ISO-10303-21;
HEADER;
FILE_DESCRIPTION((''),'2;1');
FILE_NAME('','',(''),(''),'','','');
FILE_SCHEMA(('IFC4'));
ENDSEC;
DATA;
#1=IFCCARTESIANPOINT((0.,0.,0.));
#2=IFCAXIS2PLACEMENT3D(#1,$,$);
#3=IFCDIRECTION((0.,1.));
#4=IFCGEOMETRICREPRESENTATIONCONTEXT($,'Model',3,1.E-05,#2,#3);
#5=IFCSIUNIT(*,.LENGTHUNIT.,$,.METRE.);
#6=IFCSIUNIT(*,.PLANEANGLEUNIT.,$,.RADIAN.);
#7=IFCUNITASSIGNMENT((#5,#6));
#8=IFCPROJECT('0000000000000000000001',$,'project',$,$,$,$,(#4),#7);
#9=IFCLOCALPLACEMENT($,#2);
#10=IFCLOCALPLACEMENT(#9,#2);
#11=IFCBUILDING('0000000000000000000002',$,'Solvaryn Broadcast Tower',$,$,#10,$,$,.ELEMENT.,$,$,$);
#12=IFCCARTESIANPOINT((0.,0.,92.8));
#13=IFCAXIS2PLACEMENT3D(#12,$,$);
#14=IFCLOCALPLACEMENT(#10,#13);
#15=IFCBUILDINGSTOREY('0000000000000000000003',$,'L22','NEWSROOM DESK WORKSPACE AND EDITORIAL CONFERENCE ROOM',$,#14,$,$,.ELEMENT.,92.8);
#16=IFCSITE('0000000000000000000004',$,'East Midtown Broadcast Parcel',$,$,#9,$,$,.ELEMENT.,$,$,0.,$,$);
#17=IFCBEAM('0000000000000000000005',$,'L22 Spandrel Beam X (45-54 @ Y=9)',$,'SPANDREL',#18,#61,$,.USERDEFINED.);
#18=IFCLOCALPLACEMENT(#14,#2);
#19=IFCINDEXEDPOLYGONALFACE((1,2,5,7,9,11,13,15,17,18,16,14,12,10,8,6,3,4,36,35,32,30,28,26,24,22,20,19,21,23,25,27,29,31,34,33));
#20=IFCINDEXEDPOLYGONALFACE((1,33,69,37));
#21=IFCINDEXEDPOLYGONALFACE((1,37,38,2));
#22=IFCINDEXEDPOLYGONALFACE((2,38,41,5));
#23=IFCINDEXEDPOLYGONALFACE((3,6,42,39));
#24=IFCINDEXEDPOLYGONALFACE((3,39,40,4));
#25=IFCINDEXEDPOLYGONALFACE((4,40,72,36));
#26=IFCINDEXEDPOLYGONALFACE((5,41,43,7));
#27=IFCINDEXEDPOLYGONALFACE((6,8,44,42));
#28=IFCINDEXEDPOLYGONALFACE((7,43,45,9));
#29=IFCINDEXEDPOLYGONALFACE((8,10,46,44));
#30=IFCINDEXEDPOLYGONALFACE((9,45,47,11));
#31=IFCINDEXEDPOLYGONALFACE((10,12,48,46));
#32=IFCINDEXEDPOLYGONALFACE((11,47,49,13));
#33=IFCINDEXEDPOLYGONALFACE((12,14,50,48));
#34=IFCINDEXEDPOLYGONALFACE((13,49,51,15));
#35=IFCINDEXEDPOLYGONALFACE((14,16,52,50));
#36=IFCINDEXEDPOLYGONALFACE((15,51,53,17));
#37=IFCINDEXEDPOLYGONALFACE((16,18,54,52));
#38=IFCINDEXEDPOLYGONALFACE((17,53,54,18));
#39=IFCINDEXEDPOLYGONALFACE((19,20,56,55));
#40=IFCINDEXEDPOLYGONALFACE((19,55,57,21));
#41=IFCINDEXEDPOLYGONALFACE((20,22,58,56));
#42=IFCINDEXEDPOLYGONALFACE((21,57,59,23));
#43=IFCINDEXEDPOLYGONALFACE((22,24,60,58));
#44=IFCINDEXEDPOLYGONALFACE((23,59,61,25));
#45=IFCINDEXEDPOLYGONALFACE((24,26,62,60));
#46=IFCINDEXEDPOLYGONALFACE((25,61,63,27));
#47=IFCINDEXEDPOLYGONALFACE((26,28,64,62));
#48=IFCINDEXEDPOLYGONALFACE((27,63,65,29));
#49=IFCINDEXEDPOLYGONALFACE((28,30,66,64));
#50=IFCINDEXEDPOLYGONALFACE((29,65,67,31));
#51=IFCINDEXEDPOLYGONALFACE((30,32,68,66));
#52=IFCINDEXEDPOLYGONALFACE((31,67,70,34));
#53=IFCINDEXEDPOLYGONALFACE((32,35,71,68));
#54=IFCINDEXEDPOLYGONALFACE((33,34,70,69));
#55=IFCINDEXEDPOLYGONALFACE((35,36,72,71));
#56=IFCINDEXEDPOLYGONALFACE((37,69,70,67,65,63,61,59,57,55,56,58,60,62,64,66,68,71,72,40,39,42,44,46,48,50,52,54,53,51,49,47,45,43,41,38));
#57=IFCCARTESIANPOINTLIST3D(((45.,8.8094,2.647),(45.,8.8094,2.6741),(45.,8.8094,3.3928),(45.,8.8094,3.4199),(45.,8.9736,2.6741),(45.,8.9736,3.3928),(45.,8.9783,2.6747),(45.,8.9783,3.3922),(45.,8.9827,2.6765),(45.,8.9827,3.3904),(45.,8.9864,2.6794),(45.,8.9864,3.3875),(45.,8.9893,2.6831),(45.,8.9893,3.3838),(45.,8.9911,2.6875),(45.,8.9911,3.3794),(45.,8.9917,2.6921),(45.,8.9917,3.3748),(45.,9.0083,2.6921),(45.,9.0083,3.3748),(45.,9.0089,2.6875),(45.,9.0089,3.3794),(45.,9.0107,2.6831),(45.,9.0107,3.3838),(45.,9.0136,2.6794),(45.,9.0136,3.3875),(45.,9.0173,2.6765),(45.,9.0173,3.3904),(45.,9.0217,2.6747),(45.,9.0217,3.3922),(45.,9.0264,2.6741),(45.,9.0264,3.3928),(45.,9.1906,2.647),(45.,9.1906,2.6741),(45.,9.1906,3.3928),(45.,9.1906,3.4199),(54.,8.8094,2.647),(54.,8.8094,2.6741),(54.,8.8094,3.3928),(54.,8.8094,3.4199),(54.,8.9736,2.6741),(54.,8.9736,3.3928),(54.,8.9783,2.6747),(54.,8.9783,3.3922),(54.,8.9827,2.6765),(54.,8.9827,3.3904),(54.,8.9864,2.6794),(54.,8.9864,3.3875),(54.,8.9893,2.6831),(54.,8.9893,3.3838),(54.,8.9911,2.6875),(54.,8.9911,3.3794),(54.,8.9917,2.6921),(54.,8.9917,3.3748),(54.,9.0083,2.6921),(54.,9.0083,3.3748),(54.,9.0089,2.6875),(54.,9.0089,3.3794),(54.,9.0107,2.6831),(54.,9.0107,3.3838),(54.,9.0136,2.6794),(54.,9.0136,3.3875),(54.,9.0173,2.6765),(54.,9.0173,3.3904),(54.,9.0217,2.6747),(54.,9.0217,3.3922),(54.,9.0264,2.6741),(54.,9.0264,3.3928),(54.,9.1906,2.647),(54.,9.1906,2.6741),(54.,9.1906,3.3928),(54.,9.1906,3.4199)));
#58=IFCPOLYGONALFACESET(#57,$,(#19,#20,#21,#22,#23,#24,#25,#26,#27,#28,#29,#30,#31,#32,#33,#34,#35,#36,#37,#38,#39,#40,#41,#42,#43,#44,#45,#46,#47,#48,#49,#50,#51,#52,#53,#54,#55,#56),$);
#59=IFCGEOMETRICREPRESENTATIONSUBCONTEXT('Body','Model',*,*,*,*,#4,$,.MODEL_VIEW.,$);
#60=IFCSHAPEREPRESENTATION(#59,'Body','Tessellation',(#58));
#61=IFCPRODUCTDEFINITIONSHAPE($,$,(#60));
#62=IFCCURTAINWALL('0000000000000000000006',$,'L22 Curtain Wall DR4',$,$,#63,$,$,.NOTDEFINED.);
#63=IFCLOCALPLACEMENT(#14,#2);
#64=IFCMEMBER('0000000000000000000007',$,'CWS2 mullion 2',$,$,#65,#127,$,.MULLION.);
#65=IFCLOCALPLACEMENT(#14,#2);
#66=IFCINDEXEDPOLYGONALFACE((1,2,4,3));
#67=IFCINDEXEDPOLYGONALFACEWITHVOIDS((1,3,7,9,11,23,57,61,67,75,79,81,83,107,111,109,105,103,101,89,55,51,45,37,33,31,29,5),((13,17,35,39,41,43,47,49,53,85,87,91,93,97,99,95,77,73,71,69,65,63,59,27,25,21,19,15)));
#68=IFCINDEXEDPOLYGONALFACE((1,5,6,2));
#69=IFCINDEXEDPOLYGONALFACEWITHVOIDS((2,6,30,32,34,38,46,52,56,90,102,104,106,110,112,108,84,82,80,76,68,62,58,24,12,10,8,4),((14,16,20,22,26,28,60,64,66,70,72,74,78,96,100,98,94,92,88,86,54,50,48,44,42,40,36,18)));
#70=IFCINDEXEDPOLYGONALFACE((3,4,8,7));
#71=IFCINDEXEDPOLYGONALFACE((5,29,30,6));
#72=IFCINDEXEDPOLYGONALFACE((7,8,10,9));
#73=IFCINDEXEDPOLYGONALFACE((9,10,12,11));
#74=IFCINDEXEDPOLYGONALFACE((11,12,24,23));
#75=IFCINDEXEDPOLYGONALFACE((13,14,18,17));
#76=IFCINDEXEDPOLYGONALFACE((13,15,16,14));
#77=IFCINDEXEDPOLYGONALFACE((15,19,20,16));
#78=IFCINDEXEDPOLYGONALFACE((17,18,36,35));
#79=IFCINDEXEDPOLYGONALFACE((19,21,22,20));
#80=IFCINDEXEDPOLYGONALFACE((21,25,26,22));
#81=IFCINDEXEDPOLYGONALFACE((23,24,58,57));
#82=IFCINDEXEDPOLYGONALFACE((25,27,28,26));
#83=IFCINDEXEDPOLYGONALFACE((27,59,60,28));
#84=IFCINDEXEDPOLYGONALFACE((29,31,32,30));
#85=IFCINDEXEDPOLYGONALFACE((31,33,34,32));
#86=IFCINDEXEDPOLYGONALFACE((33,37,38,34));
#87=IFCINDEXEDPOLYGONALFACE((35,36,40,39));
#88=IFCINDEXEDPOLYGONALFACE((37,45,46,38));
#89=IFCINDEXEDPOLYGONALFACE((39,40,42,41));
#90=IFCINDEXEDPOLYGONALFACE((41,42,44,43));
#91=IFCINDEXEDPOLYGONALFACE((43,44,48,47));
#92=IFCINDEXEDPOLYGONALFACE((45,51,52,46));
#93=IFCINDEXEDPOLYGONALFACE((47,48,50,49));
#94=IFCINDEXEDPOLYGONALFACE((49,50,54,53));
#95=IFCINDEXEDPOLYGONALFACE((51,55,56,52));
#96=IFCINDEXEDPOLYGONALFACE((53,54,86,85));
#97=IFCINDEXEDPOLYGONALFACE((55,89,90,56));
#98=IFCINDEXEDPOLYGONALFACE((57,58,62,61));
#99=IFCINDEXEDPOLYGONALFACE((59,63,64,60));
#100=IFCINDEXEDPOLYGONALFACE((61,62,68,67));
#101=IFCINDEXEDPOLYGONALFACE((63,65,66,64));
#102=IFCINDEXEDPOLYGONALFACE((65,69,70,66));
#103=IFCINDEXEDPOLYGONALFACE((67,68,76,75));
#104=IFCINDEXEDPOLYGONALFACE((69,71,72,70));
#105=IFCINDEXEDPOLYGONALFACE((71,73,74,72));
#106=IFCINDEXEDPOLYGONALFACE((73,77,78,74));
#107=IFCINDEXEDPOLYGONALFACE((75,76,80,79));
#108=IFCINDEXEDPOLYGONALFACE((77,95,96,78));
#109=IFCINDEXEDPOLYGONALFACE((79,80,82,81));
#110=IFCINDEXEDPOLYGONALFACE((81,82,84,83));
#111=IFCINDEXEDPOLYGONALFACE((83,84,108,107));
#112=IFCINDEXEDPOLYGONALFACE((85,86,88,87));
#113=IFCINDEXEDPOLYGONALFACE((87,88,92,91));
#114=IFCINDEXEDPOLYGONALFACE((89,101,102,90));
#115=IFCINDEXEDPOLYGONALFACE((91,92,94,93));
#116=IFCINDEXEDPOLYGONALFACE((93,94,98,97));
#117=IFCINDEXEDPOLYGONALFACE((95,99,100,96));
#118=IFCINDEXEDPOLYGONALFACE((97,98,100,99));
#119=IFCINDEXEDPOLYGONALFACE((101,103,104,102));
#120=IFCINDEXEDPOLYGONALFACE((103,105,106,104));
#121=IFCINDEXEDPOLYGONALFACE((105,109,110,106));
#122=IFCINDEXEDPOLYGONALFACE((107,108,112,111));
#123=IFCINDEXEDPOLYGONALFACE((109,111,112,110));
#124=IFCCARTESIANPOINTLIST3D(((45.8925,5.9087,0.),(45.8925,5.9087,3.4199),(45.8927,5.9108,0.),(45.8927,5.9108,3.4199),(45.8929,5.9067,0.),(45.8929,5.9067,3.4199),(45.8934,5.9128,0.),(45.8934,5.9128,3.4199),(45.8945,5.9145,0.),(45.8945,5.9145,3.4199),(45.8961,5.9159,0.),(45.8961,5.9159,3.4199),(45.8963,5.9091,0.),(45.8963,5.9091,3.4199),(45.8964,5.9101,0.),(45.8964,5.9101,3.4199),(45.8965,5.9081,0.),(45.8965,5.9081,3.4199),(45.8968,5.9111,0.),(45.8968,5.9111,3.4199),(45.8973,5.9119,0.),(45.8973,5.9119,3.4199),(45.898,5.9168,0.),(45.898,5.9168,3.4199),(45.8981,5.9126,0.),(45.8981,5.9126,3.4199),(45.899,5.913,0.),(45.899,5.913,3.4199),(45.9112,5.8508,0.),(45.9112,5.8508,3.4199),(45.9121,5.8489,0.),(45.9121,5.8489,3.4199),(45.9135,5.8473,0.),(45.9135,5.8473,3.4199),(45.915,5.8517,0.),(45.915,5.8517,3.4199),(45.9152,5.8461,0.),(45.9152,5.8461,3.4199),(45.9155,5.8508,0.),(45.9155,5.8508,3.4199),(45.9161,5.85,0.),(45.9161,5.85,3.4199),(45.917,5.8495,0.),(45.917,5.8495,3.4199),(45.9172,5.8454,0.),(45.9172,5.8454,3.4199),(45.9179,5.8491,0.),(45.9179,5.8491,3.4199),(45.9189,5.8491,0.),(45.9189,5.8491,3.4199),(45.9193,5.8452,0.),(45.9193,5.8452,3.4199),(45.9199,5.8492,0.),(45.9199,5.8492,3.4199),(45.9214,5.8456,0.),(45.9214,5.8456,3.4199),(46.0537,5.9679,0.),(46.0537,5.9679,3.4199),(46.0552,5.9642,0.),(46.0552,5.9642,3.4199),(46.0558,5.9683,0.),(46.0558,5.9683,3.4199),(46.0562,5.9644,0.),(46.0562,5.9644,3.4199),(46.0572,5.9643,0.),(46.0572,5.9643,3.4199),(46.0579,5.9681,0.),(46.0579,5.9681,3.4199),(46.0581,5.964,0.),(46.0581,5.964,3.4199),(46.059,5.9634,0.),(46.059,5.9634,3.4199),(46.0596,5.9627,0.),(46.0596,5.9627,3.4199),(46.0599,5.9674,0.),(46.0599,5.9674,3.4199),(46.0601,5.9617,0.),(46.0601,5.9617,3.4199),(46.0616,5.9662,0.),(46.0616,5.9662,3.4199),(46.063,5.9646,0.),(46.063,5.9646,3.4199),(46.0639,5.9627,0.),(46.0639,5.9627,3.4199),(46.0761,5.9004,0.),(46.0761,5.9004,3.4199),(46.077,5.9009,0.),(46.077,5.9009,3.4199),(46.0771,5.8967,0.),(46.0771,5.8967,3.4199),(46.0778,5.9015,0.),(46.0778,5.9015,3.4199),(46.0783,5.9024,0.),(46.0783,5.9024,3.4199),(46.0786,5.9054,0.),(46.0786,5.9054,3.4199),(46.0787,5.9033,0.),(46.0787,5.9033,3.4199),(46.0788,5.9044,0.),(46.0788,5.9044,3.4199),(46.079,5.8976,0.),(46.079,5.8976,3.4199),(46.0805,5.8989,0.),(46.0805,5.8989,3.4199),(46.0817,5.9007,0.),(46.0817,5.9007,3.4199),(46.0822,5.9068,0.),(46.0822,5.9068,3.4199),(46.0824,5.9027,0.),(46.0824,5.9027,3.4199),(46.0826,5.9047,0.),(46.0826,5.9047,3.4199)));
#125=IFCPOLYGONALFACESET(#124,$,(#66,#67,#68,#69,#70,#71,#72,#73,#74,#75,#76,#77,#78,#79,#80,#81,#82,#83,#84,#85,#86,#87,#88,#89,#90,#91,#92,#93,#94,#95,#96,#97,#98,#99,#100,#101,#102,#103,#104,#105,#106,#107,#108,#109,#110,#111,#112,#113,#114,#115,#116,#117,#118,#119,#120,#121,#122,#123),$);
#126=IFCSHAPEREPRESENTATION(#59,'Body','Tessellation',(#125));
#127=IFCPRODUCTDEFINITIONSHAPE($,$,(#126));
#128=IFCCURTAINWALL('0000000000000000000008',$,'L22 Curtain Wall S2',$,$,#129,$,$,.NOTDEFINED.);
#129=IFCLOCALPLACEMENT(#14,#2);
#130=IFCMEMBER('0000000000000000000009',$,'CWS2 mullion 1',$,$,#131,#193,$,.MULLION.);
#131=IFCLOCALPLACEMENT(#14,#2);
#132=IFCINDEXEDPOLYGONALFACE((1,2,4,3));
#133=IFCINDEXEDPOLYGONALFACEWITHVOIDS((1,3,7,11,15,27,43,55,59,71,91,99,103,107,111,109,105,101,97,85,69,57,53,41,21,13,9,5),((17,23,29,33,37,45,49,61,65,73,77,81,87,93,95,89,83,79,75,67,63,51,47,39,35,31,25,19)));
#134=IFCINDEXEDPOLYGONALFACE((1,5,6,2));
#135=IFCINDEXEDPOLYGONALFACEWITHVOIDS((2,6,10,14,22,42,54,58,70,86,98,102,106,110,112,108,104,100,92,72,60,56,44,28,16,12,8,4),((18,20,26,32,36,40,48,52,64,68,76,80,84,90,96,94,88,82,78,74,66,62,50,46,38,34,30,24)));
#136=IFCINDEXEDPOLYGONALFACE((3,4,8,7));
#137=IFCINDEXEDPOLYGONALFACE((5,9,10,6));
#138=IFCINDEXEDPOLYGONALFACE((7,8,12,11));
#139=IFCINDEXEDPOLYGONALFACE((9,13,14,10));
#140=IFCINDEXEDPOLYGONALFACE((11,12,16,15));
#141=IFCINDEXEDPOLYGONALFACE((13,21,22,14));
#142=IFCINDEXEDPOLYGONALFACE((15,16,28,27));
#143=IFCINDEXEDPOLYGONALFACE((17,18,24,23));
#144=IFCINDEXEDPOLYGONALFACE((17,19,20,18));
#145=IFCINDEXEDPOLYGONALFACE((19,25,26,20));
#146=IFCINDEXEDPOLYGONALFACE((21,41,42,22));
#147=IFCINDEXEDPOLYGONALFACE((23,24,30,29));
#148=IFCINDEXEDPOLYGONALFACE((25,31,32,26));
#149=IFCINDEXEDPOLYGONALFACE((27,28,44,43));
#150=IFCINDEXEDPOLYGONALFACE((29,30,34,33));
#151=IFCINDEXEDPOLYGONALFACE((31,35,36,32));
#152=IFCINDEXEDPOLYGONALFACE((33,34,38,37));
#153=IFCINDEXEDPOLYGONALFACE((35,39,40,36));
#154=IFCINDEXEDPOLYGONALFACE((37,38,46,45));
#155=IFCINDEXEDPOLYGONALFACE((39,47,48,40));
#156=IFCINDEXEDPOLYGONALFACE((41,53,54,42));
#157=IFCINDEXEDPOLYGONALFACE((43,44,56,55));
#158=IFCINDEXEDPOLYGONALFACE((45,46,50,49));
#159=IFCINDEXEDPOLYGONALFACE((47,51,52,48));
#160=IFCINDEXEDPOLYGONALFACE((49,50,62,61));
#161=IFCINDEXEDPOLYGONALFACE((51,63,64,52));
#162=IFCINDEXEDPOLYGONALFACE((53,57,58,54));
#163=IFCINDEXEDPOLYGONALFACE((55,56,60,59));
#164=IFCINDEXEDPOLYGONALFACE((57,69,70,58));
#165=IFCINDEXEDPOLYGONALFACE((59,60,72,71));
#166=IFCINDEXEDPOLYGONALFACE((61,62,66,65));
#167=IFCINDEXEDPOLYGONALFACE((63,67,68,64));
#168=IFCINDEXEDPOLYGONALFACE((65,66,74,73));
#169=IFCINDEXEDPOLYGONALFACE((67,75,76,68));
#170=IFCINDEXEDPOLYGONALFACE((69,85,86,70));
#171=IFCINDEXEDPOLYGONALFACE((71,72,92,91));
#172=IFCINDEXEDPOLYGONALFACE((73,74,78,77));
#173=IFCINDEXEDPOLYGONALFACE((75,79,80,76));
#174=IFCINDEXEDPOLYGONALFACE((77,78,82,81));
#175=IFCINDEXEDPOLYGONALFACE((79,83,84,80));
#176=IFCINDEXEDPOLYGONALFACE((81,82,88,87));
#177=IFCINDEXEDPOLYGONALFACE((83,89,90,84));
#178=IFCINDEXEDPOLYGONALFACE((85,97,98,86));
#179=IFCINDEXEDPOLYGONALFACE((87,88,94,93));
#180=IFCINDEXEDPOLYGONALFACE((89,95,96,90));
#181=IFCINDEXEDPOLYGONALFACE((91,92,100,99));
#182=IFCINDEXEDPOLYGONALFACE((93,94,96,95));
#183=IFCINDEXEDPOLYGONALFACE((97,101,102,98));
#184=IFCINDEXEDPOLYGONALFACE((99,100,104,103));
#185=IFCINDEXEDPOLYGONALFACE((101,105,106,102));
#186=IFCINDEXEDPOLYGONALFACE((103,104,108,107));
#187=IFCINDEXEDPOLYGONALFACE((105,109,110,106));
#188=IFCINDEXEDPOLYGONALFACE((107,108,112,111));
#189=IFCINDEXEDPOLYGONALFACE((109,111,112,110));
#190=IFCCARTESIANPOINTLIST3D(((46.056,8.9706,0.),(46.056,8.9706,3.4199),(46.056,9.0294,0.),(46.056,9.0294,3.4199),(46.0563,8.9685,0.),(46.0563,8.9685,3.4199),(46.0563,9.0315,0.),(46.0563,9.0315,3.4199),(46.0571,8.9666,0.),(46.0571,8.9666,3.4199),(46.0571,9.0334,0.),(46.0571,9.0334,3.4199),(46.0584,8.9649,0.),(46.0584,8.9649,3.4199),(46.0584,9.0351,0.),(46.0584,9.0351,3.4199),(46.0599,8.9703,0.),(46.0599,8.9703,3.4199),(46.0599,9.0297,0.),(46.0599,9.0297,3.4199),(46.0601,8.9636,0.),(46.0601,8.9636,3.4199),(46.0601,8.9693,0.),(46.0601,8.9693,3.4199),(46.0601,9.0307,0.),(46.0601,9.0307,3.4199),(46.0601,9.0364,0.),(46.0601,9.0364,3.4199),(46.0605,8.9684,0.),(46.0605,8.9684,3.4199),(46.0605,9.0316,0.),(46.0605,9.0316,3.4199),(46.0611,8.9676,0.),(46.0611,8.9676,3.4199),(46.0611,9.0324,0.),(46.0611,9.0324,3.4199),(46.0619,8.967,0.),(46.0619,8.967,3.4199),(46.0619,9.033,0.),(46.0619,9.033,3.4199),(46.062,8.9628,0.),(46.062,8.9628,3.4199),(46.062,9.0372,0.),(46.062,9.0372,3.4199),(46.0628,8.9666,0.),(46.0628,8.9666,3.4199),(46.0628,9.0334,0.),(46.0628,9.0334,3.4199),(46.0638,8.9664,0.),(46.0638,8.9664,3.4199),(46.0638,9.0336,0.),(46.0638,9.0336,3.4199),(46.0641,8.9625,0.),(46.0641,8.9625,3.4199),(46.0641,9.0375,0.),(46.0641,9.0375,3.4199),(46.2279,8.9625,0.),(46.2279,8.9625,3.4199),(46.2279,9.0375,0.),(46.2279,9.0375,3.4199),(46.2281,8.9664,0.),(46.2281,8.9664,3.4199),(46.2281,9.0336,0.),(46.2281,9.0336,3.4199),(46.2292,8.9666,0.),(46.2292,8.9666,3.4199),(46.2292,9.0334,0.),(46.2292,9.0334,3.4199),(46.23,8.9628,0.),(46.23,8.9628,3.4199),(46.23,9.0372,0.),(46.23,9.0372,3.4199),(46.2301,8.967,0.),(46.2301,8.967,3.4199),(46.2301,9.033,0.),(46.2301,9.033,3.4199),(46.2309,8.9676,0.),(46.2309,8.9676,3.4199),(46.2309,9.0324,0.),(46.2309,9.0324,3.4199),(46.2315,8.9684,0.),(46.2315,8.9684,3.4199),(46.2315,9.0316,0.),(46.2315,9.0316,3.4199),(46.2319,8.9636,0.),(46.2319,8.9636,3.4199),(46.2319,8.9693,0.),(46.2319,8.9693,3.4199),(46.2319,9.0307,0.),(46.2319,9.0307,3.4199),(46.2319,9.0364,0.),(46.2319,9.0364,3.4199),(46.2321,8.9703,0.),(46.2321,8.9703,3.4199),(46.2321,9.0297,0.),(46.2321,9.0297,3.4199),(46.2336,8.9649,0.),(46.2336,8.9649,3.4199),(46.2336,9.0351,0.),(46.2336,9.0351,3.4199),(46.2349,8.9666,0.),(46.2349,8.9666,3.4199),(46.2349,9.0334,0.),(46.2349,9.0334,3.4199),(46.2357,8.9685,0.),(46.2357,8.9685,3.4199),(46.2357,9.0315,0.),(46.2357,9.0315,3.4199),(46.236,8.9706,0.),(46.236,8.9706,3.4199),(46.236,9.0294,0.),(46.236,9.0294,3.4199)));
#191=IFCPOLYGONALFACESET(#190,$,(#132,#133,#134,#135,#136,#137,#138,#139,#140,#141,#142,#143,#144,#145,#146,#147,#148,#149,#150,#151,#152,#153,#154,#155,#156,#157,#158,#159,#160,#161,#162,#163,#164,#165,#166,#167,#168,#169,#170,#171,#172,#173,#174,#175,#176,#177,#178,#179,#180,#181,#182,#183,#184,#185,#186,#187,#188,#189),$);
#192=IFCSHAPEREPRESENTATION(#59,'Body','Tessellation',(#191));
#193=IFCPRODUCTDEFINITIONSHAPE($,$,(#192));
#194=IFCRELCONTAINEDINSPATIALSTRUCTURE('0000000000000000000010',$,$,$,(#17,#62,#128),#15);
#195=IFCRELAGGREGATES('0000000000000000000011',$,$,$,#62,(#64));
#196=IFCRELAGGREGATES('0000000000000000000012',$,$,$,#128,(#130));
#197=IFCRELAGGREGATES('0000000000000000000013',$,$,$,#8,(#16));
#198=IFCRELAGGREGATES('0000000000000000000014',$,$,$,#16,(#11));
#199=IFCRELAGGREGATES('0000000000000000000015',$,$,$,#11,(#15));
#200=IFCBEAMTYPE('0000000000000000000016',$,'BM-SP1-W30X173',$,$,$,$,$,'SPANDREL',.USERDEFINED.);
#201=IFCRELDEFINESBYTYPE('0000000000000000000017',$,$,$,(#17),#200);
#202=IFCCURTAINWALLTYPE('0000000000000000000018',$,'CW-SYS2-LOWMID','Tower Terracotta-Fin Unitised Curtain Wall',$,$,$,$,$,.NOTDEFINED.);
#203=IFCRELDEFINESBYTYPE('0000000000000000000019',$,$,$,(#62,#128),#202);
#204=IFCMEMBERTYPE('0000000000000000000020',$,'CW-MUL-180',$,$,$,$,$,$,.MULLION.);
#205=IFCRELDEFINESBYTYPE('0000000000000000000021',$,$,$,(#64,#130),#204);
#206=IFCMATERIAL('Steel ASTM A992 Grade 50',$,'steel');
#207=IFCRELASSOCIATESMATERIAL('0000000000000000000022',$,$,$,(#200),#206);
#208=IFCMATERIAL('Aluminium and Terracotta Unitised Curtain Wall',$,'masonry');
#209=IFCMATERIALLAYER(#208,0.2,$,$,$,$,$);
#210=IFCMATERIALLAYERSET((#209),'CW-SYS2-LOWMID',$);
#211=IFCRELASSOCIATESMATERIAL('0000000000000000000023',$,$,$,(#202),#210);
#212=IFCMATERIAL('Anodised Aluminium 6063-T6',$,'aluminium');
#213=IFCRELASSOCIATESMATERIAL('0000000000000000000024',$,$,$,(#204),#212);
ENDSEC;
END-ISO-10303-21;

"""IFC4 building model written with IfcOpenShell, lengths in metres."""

from ifc_helpers import new_model, si_unit, direction, frame, origin, origin_2d, place, context, subcontext, project, spatial, hollow_rectangle, i_section, extrude, material, layer, layer_set, material_profile, profile_set, type_object, element, aggregate, save


model = new_model("IFC4")

# Units and contexts
model_context = context("Model", 3, precision=1e-05, world=origin(), true_north=direction((0.0, 1.0)))
body_context = subcontext(model_context, "Body", "Model", "MODEL_VIEW")
ifc_project = project(units=[si_unit("LENGTHUNIT", "METRE"), si_unit("PLANEANGLEUNIT", "RADIAN")], contexts=[model_context])

# Site, building, storey
site_placement = place(None, origin())
site = spatial("IfcSite", under=ifc_project, at=site_placement, Name="East Midtown Broadcast Parcel", CompositionType="ELEMENT", RefElevation=0.0)
building_placement = place(site_placement, origin())
building = spatial("IfcBuilding", under=site, at=building_placement, Name="Solvaryn Broadcast Tower", CompositionType="ELEMENT")
storey_placement = place(building_placement, frame((0.0, 0.0, 92.8)))
storey = spatial("IfcBuildingStorey", under=building, at=storey_placement, Name="L22", Description="NEWSROOM DESK WORKSPACE AND EDITORIAL CONFERENCE ROOM", CompositionType="ELEMENT", Elevation=92.8)

# Beam
ifc_material_1 = material(Name="Steel ASTM A992 Grade 50", Category="steel")
ifc_material_profile_1 = material_profile(ifc_material_1, i_section(OverallWidth=0.3811, OverallDepth=0.7729, WebThickness=0.0166, FlangeThickness=0.0271, FilletRadius=0.0181, at=origin_2d()))
ifc_profile_set_1 = profile_set([ifc_material_profile_1], Name="Steel ASTM A992 Grade 50")
beam_type_1 = type_object("IfcBeamType", Name="BM-SP1-W30X173", ElementType="SPANDREL", PredefinedType="USERDEFINED", material=ifc_profile_set_1)
beam_1_placement = place(storey_placement, frame((45.0, 9.0, 3.0334), z_axis=(1.0, 0.0, 0.0), x_axis=(0.0, 1.0, 0.0)))
element("IfcBeam", 1, at=beam_1_placement, inside=storey, type_object=beam_type_1, Name="L22 Spandrel Beam X (45-54 @ Y=9)", ObjectType="SPANDREL", PredefinedType="USERDEFINED", context=body_context, shape_type="SweptSolid", body=[
    extrude(i_section(OverallWidth=0.3811, OverallDepth=0.7729, WebThickness=0.0166, FlangeThickness=0.0271, FilletRadius=0.0181, at=origin_2d()), origin(), (0.0, 0.0, 1.0), 9.0),
])

# Curtain wall, member
ifc_material_2 = material(Name="Aluminium and Terracotta Unitised Curtain Wall", Category="masonry")
ifc_layer_1 = layer(ifc_material_2, 0.2)
ifc_layer_set_1 = layer_set([ifc_layer_1], Name="CW-SYS2-LOWMID")
curtain_wall_type = type_object("IfcCurtainWallType", Name="CW-SYS2-LOWMID", Description="Tower Terracotta-Fin Unitised Curtain Wall", PredefinedType="NOTDEFINED", material=ifc_layer_set_1)
curtain_wall_1_placement = place(storey_placement, origin())
curtain_wall_1 = element("IfcCurtainWall", 2, at=curtain_wall_1_placement, inside=storey, type_object=curtain_wall_type, Name="L22 Curtain Wall DR4", PredefinedType="NOTDEFINED")
ifc_material_3 = material(Name="Anodised Aluminium 6063-T6", Category="aluminium")
ifc_material_profile_2 = material_profile(ifc_material_3, hollow_rectangle(XDim=0.075, YDim=0.1799, WallThickness=0.0039, InnerFilletRadius=0.0039, OuterFilletRadius=0.0081, at=origin_2d()))
ifc_profile_set_2 = profile_set([ifc_material_profile_2], Name="Anodised Aluminium 6063-T6")
member_type_1 = type_object("IfcMemberType", Name="CW-MUL-180", PredefinedType="MULLION", material=ifc_profile_set_2)
member_1_placement = place(storey_placement, frame((45.9875, 5.9067, 0.0), z_axis=(0.0, 0.0, 1.0), x_axis=(-0.311594, 0.950215, 0.0)))
member_1 = element("IfcMember", 3, at=member_1_placement, type_object=member_type_1, Name="CWS2 mullion 2", PredefinedType="MULLION", context=body_context, shape_type="SweptSolid", body=[
    extrude(hollow_rectangle(XDim=0.075, YDim=0.1799, WallThickness=0.0039, InnerFilletRadius=0.0039, OuterFilletRadius=0.0081, at=origin_2d()), origin(), (0.0, 0.0, 1.0), 3.4199),
])
aggregate(curtain_wall_1, [member_1])

# Curtain wall, member
curtain_wall_2_placement = place(storey_placement, origin())
curtain_wall_2 = element("IfcCurtainWall", 4, at=curtain_wall_2_placement, inside=storey, type_object=curtain_wall_type, Name="L22 Curtain Wall S2", PredefinedType="NOTDEFINED")
member_2_placement = place(storey_placement, frame((46.146, 9.0, 0.0), z_axis=(0.0, 0.0, 1.0), x_axis=(0.0, 1.0, 0.0)))
member_2 = element("IfcMember", 5, at=member_2_placement, type_object=member_type_1, Name="CWS2 mullion 1", PredefinedType="MULLION", context=body_context, shape_type="SweptSolid", body=[
    extrude(hollow_rectangle(XDim=0.075, YDim=0.1799, WallThickness=0.0039, InnerFilletRadius=0.0039, OuterFilletRadius=0.0081, at=origin_2d()), origin(), (0.0, 0.0, 1.0), 3.4199),
])
aggregate(curtain_wall_2, [member_2])

save(model, "model.ifc")
